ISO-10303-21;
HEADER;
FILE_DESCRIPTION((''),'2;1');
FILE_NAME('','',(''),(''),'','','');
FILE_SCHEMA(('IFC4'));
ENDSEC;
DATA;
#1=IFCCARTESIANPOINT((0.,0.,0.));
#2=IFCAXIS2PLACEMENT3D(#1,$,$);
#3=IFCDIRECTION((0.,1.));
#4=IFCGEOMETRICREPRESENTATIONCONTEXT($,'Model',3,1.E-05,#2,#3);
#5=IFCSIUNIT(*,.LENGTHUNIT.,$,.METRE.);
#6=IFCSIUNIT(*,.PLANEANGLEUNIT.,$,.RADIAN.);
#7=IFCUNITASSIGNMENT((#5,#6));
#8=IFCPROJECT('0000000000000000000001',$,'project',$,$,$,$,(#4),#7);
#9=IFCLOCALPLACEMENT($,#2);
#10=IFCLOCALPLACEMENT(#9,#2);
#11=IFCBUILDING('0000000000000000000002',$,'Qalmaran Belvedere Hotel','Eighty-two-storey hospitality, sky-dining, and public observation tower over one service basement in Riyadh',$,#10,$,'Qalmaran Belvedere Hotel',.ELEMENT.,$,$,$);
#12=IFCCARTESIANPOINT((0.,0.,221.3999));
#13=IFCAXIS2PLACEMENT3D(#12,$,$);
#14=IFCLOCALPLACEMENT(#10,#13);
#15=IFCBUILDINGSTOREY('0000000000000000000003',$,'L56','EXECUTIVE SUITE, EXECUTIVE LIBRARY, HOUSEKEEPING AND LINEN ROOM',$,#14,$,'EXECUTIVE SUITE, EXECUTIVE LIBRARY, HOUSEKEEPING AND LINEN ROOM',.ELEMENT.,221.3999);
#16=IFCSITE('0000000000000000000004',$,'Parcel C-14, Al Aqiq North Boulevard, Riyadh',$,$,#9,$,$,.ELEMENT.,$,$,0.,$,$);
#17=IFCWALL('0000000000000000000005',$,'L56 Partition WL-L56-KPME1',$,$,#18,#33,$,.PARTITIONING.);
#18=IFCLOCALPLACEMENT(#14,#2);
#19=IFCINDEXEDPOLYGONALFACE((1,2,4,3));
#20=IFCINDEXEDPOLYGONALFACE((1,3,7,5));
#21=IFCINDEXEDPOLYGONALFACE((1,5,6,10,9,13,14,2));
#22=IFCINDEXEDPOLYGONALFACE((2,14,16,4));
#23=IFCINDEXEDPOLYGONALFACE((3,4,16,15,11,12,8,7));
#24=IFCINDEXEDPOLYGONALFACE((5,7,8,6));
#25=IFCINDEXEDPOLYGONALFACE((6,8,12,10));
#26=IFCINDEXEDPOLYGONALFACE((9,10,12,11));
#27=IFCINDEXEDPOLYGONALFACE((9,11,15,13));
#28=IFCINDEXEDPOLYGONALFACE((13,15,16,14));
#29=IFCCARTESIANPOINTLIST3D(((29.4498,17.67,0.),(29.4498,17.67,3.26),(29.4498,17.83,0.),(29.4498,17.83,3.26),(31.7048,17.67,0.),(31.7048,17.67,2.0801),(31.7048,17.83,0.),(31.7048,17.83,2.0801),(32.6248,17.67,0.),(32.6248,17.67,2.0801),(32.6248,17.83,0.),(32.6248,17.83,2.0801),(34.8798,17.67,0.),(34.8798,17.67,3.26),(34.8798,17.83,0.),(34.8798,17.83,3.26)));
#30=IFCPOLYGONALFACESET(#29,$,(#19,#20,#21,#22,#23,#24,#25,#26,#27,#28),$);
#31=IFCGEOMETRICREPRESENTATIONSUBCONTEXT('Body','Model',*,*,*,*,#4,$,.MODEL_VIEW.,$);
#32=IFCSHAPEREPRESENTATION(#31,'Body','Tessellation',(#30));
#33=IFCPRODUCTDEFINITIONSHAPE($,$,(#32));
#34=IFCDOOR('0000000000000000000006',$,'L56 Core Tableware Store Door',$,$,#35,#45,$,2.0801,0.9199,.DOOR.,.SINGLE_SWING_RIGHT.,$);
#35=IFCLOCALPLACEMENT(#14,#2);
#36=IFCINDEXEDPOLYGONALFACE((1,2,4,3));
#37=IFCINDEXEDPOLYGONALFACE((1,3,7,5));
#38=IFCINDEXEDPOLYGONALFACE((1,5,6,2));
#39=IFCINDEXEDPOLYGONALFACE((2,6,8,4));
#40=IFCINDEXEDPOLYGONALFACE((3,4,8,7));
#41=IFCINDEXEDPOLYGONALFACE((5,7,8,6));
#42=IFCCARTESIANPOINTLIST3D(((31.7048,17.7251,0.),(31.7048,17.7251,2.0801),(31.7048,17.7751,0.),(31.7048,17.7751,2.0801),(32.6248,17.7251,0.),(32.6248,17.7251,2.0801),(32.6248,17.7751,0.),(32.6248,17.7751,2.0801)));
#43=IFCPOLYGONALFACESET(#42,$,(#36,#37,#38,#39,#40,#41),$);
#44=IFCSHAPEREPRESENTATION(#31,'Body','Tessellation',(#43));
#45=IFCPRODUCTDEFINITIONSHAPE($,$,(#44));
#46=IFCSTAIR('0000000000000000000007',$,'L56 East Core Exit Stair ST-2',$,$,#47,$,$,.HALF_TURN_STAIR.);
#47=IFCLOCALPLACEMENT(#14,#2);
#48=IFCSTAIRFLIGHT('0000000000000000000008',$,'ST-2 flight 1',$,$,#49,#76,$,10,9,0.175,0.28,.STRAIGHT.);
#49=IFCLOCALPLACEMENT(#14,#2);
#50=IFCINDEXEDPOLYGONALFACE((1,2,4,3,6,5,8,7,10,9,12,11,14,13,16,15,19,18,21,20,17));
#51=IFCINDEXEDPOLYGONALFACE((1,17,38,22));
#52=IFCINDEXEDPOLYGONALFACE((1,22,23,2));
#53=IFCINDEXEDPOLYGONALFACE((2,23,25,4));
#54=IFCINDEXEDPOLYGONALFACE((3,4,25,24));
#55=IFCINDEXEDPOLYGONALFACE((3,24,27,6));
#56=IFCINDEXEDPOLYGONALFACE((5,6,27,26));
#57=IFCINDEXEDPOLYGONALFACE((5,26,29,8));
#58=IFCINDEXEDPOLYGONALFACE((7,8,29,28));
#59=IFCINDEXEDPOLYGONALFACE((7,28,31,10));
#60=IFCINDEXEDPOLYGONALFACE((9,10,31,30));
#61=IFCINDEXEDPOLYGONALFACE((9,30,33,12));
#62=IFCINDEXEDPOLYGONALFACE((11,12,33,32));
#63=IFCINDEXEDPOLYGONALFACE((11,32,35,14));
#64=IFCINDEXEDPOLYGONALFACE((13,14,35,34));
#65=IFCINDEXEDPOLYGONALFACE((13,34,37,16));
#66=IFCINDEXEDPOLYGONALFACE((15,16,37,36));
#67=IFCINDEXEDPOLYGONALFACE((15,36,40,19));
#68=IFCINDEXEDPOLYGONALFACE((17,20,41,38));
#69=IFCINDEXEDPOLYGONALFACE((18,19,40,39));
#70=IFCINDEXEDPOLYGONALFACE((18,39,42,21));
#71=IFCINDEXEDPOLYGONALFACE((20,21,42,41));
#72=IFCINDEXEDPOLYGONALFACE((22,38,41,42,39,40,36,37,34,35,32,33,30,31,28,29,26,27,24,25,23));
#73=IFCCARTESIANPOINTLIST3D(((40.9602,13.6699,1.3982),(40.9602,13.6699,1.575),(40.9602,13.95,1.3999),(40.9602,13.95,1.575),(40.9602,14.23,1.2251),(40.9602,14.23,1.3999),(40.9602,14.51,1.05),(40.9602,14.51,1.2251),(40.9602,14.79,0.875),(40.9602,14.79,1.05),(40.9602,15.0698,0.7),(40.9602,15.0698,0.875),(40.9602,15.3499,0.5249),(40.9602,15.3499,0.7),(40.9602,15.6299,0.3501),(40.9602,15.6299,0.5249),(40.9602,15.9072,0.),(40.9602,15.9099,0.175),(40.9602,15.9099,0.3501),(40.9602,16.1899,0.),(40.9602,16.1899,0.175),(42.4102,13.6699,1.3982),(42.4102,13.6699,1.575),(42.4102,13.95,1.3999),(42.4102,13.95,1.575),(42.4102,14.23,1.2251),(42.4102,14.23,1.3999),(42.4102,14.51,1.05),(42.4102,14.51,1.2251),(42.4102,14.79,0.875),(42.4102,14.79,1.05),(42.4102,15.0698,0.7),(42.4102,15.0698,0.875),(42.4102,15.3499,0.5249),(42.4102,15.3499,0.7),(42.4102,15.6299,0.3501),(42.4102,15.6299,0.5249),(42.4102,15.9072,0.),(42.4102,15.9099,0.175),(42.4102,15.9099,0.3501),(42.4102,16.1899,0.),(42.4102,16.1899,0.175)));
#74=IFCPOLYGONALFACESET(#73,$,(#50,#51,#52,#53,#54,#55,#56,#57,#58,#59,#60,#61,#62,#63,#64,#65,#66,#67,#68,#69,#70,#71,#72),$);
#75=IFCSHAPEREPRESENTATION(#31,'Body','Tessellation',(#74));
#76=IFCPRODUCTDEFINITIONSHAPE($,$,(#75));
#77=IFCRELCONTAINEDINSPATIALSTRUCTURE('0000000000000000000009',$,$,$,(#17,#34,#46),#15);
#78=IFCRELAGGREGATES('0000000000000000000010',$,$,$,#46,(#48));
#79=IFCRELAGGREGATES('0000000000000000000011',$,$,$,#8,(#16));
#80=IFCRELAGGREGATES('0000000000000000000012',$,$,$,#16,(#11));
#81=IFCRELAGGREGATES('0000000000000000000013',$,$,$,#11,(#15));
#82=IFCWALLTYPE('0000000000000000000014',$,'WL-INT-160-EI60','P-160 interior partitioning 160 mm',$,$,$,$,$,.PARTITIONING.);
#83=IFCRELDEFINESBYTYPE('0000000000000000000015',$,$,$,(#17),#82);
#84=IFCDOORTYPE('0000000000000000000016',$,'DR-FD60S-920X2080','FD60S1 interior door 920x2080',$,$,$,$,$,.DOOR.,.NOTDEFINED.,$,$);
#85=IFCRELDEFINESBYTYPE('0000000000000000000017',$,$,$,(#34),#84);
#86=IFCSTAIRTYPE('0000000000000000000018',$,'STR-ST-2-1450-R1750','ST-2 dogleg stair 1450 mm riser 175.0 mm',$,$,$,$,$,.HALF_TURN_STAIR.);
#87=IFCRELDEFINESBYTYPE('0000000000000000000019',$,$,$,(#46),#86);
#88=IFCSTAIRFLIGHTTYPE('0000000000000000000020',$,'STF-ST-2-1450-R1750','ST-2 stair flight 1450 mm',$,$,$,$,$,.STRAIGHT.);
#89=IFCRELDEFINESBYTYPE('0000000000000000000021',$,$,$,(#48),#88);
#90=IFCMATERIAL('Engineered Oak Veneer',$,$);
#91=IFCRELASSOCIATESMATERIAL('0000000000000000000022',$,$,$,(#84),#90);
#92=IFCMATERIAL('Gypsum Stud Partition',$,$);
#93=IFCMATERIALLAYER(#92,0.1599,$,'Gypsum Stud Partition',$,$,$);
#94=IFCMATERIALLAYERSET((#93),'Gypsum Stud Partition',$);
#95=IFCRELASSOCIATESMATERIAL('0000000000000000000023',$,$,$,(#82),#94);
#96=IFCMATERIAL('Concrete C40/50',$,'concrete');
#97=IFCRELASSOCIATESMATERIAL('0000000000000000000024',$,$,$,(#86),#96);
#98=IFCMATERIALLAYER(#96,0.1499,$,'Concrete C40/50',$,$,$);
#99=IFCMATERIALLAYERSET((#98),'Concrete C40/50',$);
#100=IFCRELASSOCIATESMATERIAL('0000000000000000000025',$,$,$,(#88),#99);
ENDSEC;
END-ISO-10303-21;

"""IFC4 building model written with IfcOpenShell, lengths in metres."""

from ifc_helpers import new_model, si_unit, direction, frame, frame_2d, origin, place, context, subcontext, project, spatial, polyline, rectangle, outline, extrude, material, layer, layer_set, type_object, element, fill, aggregate, save


model = new_model("IFC4")

# Units and contexts
model_context = context("Model", 3, precision=1e-05, world=origin(), true_north=direction((0.0, 1.0)))
body_context = subcontext(model_context, "Body", "Model", "MODEL_VIEW")
ifc_project = project(units=[si_unit("LENGTHUNIT", "METRE"), si_unit("PLANEANGLEUNIT", "RADIAN")], contexts=[model_context])

# Site, building, storey
site_placement = place(None, origin())
site = spatial("IfcSite", under=ifc_project, at=site_placement, Name="Parcel C-14, Al Aqiq North Boulevard, Riyadh", CompositionType="ELEMENT", RefElevation=0.0)
building_placement = place(site_placement, origin())
building = spatial("IfcBuilding", under=site, at=building_placement, Name="Qalmaran Belvedere Hotel", Description="Eighty-two-storey hospitality, sky-dining, and public observation tower over one service basement in Riyadh", LongName="Qalmaran Belvedere Hotel", CompositionType="ELEMENT")
storey_placement = place(building_placement, frame((0.0, 0.0, 221.3999)))
storey = spatial("IfcBuildingStorey", under=building, at=storey_placement, Name="L56", Description="EXECUTIVE SUITE, EXECUTIVE LIBRARY, HOUSEKEEPING AND LINEN ROOM", LongName="EXECUTIVE SUITE, EXECUTIVE LIBRARY, HOUSEKEEPING AND LINEN ROOM", CompositionType="ELEMENT", Elevation=221.3999)

# Shared definitions
ifc_material_1 = material(Name="Gypsum Stud Partition")

# Shared definitions
ifc_material_2 = material(Name="Engineered Oak Veneer")
door_type_1 = type_object("IfcDoorType", Name="DR-FD60S-920X2080", Description="FD60S1 interior door 920x2080", OperationType="NOTDEFINED", PredefinedType="DOOR", material=ifc_material_2)

# Wall, opening, door
ifc_layer_1 = layer(ifc_material_1, 0.1599, Name="Gypsum Stud Partition")
ifc_layer_set_1 = layer_set([ifc_layer_1], Name="Gypsum Stud Partition")
wall_type_1 = type_object("IfcWallType", Name="WL-INT-160-EI60", Description="P-160 interior partitioning 160 mm", PredefinedType="PARTITIONING", material=ifc_layer_set_1)
wall_1_placement = place(storey_placement, frame((29.45, 17.75, 0.0), z_axis=(0.0, 0.0, 1.0), x_axis=(1.0, 0.0, 0.0)))
wall_1 = element("IfcWall", 1, at=wall_1_placement, inside=storey, type_object=wall_type_1, Name="L56 Partition WL-L56-KPME1", PredefinedType="PARTITIONING", context=body_context, shape_type="SweptSolid", body=[
    extrude(rectangle(XDim=5.4299, YDim=0.1599, at=frame_2d((2.7148, 0.0))), origin(), (0.0, 0.0, 1.0), 3.26),
])
opening_1_placement = place(wall_1_placement, frame((3.1748, 0.0, 0.0), z_axis=(0.0, 0.0, 1.0), x_axis=(-1.0, 0.0, 0.0)))
opening_1 = element("IfcOpeningElement", 2, at=opening_1_placement, cuts=wall_1, PredefinedType="OPENING", context=body_context, shape_type="SweptSolid", body=[
    extrude(rectangle(XDim=0.9199, YDim=2.0801, at=frame_2d((0.46, 1.04))), frame((0.0, 0.0898, 0.0), z_axis=(0.0, -1.0, 0.0), x_axis=(1.0, 0.0, 0.0)), (0.0, 0.0, 1.0), 0.1799),
])
door_1_placement = place(opening_1_placement, origin())
door_1 = element("IfcDoor", 3, at=door_1_placement, inside=storey, type_object=door_type_1, Name="L56 Core Tableware Store Door", OperationType="SINGLE_SWING_RIGHT", OverallHeight=2.0801, OverallWidth=0.9199, PredefinedType="DOOR", context=body_context, shape_type="SweptSolid", body=[
    extrude(rectangle(XDim=0.9199, YDim=2.0801, at=frame_2d((0.46, 1.04))), frame((0.0, 0.0249, 0.0), z_axis=(0.0, -1.0, 0.0), x_axis=(1.0, 0.0, 0.0)), (0.0, 0.0, 1.0), 0.05),
])
fill(opening_1, door_1)

# Stair, stair flight
ifc_material_3 = material(Name="Concrete C40/50", Category="concrete")
stair_type = type_object("IfcStairType", Name="STR-ST-2-1450-R1750", Description="ST-2 dogleg stair 1450 mm riser 175.0 mm", PredefinedType="HALF_TURN_STAIR", material=ifc_material_3)
stair_placement = place(storey_placement, origin())
stair = element("IfcStair", 4, at=stair_placement, inside=storey, type_object=stair_type, Name="L56 East Core Exit Stair ST-2", PredefinedType="HALF_TURN_STAIR")
ifc_layer_2 = layer(ifc_material_3, 0.1499, Name="Concrete C40/50")
ifc_layer_set_2 = layer_set([ifc_layer_2], Name="Concrete C40/50")
stair_flight_type = type_object("IfcStairFlightType", Name="STF-ST-2-1450-R1750", Description="ST-2 stair flight 1450 mm", PredefinedType="STRAIGHT", material=ifc_layer_set_2)
stair_flight_placement = place(storey_placement, frame((41.6851, 16.1899, 0.0), z_axis=(0.0, 0.0, 1.0), x_axis=(0.0, -1.0, 0.0)))
stair_flight = element("IfcStairFlight", 5, at=stair_flight_placement, type_object=stair_flight_type, Name="ST-2 flight 1", NumberOfRisers=10, NumberOfTreads=9, PredefinedType="STRAIGHT", RiserHeight=0.175, TreadLength=0.28, context=body_context, shape_type="SweptSolid", body=[
    extrude(outline(polyline([(0.0, 0.0), (0.0, 0.175), (0.28, 0.175), (0.28, 0.3501), (0.5601, 0.3501), (0.5601, 0.5249), (0.8401, 0.5249), (0.8401, 0.7), (1.1201, 0.7), (1.1201, 0.875), (1.3999, 0.875), (1.3999, 1.05), (1.6799, 1.05), (1.6799, 1.2251), (1.96, 1.2251), (1.96, 1.3999), (2.24, 1.3999), (2.24, 1.575), (2.52, 1.575), (2.52, 1.75), (2.52, 1.3982), (0.2827, 0.0), (0.0, 0.0)])), frame((0.0, 0.7251, 0.0), z_axis=(0.0, -1.0, 0.0), x_axis=(1.0, 0.0, 0.0)), (0.0, 0.0, 1.0), 1.45),
])
aggregate(stair, [stair_flight])

save(model, "model.ifc")
